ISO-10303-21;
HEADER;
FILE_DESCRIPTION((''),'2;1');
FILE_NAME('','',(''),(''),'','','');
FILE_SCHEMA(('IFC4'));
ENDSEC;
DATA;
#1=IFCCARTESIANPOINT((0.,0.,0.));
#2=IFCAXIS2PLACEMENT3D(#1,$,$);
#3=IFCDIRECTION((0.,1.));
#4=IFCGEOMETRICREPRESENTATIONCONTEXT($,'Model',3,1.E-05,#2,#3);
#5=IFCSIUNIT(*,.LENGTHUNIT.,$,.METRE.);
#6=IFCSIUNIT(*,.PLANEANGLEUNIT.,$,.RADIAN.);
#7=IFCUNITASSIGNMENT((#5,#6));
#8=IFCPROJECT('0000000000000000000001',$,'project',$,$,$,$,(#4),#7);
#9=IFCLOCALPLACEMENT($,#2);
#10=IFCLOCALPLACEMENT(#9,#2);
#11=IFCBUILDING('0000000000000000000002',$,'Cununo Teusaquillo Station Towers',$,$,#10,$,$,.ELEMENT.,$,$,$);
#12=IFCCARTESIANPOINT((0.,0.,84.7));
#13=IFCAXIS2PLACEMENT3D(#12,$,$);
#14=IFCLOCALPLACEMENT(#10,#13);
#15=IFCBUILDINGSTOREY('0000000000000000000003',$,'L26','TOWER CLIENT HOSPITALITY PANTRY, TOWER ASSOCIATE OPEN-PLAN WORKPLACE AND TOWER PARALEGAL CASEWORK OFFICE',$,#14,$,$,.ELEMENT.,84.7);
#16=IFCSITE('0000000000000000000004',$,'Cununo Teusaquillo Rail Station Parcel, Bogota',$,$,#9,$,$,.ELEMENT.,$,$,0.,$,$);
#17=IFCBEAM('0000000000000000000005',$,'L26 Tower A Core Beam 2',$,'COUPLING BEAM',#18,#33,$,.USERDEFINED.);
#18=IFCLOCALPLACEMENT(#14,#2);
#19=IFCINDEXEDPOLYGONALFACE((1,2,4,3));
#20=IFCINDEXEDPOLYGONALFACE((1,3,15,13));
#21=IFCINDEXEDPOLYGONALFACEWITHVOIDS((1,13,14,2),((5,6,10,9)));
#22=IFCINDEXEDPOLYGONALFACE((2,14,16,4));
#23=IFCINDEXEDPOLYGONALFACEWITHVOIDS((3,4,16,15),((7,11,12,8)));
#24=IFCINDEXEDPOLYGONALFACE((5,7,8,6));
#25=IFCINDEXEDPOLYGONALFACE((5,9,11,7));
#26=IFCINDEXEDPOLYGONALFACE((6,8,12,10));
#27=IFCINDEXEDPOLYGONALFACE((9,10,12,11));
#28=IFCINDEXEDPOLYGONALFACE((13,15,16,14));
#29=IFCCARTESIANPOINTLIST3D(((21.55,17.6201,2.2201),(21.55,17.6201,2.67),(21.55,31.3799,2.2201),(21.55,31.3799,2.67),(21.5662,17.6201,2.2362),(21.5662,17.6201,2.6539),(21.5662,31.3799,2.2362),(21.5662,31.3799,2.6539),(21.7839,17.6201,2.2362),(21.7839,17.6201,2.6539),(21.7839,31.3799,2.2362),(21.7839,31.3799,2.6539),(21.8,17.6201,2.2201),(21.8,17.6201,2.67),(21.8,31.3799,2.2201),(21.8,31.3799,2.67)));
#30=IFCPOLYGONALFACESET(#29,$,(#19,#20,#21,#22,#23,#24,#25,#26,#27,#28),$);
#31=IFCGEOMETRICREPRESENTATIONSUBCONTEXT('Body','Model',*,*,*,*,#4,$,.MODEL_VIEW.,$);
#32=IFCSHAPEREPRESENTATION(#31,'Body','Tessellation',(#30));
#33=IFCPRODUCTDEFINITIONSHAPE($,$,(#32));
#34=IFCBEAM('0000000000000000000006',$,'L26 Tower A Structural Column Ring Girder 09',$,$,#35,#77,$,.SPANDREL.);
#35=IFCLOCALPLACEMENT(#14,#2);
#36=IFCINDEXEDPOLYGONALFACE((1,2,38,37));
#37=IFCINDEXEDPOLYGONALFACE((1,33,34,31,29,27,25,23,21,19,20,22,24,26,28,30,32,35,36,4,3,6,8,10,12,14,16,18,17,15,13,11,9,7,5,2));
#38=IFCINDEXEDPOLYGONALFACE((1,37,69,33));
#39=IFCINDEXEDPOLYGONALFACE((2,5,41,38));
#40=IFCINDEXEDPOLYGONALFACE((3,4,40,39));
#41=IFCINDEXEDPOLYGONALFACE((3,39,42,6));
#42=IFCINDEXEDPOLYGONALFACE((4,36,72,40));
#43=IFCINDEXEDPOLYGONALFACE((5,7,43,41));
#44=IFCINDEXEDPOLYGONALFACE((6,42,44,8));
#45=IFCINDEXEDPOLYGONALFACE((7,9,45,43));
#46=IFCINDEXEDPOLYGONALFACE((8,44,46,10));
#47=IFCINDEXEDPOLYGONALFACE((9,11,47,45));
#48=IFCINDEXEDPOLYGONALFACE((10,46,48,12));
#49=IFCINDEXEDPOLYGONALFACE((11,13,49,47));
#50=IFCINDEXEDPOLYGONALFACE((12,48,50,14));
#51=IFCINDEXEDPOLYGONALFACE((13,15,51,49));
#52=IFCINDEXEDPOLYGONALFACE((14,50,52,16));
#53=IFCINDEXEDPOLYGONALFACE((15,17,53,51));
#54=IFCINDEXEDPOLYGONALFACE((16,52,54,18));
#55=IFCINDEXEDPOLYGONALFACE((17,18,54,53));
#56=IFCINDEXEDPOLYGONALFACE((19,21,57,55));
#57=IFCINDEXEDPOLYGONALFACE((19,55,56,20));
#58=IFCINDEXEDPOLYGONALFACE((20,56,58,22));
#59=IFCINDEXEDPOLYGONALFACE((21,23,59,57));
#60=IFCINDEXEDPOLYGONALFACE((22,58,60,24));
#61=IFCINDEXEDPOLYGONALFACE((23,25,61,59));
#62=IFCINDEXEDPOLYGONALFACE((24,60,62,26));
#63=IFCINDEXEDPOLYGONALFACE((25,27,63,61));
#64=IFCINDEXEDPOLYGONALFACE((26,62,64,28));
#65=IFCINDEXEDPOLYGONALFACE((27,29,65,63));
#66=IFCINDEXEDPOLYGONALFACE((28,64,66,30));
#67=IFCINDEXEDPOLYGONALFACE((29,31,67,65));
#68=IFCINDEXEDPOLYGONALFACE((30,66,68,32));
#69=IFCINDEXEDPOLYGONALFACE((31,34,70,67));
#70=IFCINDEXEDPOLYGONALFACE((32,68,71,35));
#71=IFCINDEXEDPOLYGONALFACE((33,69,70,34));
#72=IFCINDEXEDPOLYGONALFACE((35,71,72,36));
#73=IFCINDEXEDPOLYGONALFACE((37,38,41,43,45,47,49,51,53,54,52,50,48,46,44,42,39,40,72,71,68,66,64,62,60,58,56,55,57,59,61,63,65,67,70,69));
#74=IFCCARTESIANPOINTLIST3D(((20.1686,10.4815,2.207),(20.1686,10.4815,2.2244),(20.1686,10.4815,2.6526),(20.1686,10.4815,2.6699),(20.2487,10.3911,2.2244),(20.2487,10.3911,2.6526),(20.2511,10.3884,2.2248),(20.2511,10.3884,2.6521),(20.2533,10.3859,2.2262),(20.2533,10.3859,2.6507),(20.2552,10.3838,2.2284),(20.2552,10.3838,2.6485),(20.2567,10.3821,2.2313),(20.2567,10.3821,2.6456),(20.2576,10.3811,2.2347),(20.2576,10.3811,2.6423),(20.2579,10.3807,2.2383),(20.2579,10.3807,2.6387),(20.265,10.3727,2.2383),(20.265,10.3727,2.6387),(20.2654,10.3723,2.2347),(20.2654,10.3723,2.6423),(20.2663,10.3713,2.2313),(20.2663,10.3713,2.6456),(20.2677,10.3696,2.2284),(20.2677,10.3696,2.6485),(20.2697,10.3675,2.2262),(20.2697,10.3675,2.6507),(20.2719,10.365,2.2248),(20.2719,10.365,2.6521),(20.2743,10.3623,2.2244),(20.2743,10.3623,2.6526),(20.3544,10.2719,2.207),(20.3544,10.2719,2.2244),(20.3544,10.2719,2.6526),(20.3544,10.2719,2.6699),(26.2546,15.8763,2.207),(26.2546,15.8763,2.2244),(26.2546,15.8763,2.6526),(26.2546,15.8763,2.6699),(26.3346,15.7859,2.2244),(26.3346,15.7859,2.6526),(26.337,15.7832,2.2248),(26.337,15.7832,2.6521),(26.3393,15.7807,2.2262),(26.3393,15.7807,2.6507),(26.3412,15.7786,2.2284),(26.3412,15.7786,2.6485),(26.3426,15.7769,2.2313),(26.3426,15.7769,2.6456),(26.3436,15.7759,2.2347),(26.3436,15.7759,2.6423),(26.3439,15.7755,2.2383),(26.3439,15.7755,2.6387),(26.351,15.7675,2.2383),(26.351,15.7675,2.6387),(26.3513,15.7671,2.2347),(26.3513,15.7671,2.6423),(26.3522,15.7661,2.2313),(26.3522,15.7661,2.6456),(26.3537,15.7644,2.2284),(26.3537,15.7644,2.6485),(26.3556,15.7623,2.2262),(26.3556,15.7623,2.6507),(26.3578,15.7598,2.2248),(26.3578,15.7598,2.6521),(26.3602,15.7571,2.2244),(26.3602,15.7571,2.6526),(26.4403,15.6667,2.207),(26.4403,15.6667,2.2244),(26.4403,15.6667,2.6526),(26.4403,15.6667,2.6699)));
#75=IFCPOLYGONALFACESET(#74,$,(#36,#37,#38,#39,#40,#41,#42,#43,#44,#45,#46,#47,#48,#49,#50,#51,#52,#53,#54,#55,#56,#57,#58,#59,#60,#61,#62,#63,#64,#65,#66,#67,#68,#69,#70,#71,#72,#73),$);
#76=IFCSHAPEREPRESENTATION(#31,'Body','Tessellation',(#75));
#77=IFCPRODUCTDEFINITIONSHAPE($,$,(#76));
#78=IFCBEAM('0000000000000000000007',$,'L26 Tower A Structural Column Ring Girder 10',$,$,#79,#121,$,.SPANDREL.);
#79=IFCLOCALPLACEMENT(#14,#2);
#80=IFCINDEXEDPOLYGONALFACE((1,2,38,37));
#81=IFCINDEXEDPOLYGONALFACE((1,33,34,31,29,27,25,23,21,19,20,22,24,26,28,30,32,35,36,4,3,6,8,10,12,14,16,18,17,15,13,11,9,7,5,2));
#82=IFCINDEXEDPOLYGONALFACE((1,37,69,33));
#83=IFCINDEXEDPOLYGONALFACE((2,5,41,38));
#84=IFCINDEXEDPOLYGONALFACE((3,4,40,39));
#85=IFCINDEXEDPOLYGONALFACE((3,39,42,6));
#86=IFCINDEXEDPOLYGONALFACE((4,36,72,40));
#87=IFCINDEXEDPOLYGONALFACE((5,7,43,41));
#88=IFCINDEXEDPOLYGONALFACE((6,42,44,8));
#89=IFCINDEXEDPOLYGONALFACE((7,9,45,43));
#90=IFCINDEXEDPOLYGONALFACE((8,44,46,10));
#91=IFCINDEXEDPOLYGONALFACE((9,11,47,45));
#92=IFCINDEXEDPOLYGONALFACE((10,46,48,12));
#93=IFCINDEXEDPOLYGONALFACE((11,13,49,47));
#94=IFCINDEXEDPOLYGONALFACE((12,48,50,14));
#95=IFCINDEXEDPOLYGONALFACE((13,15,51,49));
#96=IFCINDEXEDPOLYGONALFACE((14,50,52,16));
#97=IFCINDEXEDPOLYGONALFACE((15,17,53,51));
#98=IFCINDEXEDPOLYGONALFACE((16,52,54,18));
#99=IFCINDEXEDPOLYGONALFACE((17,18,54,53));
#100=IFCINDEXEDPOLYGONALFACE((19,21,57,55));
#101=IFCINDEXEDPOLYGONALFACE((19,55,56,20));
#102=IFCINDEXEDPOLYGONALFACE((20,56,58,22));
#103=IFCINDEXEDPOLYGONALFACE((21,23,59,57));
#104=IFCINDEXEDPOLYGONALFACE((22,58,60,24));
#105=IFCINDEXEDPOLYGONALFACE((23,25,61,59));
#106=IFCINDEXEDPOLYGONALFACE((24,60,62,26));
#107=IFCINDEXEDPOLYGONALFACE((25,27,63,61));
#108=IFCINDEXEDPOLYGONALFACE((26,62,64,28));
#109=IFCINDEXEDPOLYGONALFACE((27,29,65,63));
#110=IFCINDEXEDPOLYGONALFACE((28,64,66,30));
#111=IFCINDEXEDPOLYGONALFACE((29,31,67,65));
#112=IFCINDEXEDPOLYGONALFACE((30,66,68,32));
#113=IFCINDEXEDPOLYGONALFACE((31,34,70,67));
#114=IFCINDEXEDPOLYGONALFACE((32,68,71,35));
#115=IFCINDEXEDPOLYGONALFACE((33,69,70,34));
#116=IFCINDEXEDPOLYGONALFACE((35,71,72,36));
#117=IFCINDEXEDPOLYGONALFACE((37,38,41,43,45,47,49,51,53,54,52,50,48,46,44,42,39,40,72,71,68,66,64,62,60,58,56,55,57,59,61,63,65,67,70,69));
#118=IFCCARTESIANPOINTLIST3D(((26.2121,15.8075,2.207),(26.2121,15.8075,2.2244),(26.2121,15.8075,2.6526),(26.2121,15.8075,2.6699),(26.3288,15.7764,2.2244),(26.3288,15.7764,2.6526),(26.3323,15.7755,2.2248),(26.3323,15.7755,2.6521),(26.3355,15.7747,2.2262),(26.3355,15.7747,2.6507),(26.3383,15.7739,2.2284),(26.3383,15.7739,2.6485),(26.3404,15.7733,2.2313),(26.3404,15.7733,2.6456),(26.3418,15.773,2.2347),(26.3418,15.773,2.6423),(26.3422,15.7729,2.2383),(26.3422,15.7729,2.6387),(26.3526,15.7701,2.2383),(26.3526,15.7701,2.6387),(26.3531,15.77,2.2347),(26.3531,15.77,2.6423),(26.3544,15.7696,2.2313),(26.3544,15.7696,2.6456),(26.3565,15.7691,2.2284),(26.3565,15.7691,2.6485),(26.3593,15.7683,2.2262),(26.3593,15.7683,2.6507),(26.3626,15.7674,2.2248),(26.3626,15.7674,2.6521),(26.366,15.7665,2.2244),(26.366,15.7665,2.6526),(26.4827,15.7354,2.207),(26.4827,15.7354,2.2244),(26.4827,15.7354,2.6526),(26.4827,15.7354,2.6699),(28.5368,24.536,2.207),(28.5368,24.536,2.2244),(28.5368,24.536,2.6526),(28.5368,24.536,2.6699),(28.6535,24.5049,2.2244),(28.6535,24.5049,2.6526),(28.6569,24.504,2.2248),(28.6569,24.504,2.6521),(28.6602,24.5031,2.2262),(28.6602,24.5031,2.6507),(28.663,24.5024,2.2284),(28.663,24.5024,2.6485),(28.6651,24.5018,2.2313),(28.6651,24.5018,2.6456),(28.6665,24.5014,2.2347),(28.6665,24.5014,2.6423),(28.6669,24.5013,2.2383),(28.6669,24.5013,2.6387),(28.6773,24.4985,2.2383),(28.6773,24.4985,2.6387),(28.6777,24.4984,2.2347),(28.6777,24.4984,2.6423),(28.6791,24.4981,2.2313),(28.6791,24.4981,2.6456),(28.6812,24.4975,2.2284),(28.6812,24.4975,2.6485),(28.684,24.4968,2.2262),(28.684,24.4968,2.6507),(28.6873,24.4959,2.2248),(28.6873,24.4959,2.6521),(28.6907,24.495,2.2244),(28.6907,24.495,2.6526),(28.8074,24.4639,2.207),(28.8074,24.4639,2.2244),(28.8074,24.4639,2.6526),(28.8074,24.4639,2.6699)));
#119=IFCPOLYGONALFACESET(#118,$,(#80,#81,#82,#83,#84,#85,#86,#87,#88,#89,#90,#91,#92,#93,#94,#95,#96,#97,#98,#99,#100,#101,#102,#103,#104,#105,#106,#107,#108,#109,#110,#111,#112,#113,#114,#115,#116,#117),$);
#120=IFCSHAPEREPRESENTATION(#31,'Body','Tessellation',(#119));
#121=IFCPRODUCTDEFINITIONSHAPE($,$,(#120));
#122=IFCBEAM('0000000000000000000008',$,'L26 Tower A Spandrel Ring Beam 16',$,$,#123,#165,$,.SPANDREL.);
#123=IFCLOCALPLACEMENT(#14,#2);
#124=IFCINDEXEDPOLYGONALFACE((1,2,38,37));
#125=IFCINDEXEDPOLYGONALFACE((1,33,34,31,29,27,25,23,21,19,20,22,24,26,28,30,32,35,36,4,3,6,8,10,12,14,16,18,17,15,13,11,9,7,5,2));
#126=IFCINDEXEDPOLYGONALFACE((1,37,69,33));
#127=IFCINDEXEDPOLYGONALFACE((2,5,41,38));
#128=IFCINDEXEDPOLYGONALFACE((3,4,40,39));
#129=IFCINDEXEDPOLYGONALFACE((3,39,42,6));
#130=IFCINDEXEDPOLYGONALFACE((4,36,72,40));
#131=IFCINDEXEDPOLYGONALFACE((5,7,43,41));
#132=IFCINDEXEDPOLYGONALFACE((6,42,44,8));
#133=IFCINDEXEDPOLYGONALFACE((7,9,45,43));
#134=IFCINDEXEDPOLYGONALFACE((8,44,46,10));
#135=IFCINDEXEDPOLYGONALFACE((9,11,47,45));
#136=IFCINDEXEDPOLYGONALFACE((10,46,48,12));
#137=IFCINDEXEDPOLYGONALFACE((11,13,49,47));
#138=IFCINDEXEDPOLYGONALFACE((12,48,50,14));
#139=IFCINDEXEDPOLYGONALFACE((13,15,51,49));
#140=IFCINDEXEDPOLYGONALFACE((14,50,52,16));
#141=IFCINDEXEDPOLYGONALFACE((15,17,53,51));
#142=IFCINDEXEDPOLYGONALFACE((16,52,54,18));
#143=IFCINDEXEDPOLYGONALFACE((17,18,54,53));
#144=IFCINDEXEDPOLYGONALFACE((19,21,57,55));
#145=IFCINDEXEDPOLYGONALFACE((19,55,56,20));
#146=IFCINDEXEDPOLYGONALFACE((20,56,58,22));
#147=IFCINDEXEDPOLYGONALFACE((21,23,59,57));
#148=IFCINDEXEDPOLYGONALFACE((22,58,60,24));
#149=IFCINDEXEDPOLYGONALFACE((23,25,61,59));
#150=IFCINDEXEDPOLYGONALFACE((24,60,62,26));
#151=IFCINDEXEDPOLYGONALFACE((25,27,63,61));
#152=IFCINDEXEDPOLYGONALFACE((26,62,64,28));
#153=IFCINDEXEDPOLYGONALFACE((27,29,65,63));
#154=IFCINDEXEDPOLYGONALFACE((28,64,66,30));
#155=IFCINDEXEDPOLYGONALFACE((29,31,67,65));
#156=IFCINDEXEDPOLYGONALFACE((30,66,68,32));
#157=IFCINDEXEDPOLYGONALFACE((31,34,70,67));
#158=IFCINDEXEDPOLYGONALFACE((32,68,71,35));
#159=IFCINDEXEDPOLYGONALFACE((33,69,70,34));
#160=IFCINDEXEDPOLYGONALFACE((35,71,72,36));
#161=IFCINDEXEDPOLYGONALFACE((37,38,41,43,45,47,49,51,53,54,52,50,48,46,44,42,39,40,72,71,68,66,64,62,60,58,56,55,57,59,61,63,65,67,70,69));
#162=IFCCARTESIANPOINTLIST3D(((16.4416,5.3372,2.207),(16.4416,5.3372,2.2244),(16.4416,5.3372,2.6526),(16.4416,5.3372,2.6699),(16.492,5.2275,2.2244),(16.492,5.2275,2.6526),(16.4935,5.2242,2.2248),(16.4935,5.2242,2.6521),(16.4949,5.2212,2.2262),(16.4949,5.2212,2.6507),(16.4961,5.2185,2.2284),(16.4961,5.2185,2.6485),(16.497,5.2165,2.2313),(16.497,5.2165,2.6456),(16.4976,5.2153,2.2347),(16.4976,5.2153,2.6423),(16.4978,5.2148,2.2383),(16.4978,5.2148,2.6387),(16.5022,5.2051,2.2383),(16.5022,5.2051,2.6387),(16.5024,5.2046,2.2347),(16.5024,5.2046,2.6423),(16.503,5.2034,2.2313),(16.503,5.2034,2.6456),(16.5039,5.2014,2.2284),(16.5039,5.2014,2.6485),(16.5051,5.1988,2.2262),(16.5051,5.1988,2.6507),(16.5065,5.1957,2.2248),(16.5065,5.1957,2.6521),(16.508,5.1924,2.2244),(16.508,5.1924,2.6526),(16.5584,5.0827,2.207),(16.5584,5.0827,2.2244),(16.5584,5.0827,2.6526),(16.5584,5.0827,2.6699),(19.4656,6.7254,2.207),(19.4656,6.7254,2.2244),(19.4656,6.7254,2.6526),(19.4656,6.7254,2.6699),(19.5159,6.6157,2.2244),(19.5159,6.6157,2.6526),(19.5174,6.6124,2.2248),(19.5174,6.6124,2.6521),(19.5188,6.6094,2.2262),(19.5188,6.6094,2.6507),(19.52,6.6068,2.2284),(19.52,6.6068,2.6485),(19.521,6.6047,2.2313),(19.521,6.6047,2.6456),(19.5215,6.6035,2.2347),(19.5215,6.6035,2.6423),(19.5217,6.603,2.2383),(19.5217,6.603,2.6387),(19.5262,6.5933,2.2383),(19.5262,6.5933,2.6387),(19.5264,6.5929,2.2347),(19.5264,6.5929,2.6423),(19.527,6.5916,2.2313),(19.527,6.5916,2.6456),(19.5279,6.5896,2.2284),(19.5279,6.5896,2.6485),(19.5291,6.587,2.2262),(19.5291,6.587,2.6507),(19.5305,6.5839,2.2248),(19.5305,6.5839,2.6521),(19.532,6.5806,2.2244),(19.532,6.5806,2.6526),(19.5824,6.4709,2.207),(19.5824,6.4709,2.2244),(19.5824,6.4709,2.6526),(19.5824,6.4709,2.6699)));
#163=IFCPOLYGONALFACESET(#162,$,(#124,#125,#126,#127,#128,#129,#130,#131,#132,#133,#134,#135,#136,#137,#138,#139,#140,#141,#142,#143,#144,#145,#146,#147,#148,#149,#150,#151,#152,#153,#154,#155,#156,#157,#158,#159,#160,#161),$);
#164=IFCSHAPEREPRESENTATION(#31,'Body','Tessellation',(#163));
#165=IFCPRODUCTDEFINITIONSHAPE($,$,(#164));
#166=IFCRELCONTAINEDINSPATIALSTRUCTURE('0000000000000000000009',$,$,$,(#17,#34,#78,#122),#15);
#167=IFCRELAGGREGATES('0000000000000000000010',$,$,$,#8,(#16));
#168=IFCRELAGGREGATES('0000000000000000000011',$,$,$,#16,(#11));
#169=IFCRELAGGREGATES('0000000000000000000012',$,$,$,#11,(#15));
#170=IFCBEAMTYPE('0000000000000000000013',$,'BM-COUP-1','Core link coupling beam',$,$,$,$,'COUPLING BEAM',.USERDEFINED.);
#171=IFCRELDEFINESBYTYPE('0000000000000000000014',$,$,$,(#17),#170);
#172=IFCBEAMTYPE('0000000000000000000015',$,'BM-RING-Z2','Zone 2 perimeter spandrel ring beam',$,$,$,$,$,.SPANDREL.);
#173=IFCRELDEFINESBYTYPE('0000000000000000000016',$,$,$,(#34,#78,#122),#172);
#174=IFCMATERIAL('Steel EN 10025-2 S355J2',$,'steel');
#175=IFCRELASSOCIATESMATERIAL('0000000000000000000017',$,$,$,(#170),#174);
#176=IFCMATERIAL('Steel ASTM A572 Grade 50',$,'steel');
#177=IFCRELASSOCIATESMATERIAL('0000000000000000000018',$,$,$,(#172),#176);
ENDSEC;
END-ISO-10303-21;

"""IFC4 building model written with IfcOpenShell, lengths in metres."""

from ifc_helpers import new_model, si_unit, direction, frame, origin, origin_2d, place, context, subcontext, project, spatial, hollow_rectangle, i_section, extrude, material, material_profile, profile_set, type_object, element, save


model = new_model("IFC4")

# Units and contexts
model_context = context("Model", 3, precision=1e-05, world=origin(), true_north=direction((0.0, 1.0)))
body_context = subcontext(model_context, "Body", "Model", "MODEL_VIEW")
ifc_project = project(units=[si_unit("LENGTHUNIT", "METRE"), si_unit("PLANEANGLEUNIT", "RADIAN")], contexts=[model_context])

# Site, building, storey
site_placement = place(None, origin())
site = spatial("IfcSite", under=ifc_project, at=site_placement, Name="Cununo Teusaquillo Rail Station Parcel, Bogota", CompositionType="ELEMENT", RefElevation=0.0)
building_placement = place(site_placement, origin())
building = spatial("IfcBuilding", under=site, at=building_placement, Name="Cununo Teusaquillo Station Towers", CompositionType="ELEMENT")
storey_placement = place(building_placement, frame((0.0, 0.0, 84.7)))
storey = spatial("IfcBuildingStorey", under=building, at=storey_placement, Name="L26", Description="TOWER CLIENT HOSPITALITY PANTRY, TOWER ASSOCIATE OPEN-PLAN WORKPLACE AND TOWER PARALEGAL CASEWORK OFFICE", CompositionType="ELEMENT", Elevation=84.7)

# Beams
ifc_material_1 = material(Name="Steel EN 10025-2 S355J2", Category="steel")
ifc_material_profile_1 = material_profile(ifc_material_1, hollow_rectangle(XDim=0.25, YDim=0.45, WallThickness=0.0161, at=origin_2d()), Name="RHS 450x250x16")
ifc_profile_set_1 = profile_set([ifc_material_profile_1], Name="Steel EN 10025-2 S355J2")
beam_type_1 = type_object("IfcBeamType", Name="BM-COUP-1", Description="Core link coupling beam", ElementType="COUPLING BEAM", PredefinedType="USERDEFINED", material=ifc_profile_set_1)
beam_1_placement = place(storey_placement, frame((21.675, 17.6201, 2.4451), z_axis=(0.0, 1.0, 0.0), x_axis=(-1.0, 0.0, 0.0)))
element("IfcBeam", 1, at=beam_1_placement, inside=storey, type_object=beam_type_1, Name="L26 Tower A Core Beam 2", ObjectType="COUPLING BEAM", PredefinedType="USERDEFINED", context=body_context, shape_type="SweptSolid", body=[
    extrude(hollow_rectangle(XDim=0.25, YDim=0.45, WallThickness=0.0161, at=origin_2d()), origin(), (0.0, 0.0, 1.0), 13.7598),
])
ifc_material_2 = material(Name="Steel ASTM A572 Grade 50", Category="steel")
ifc_material_profile_2 = material_profile(ifc_material_2, i_section(OverallWidth=0.28, OverallDepth=0.4629, WebThickness=0.0107, FlangeThickness=0.0173, FilletRadius=0.0139, at=origin_2d()), Name="W18X76")
ifc_profile_set_2 = profile_set([ifc_material_profile_2], Name="Steel ASTM A572 Grade 50")
beam_type_2 = type_object("IfcBeamType", Name="BM-RING-Z2", Description="Zone 2 perimeter spandrel ring beam", PredefinedType="SPANDREL", material=ifc_profile_set_2)
beam_2_placement = place(storey_placement, frame((20.2615, 10.3767, 2.4385), z_axis=(0.748321, 0.663337, 0.0), x_axis=(-0.663337, 0.748321, 0.0)))
element("IfcBeam", 2, at=beam_2_placement, inside=storey, type_object=beam_type_2, Name="L26 Tower A Structural Column Ring Girder 09", PredefinedType="SPANDREL", context=body_context, shape_type="SweptSolid", body=[
    extrude(i_section(OverallWidth=0.28, OverallDepth=0.4629, WebThickness=0.0107, FlangeThickness=0.0173, FilletRadius=0.0139, at=origin_2d()), origin(), (0.0, 0.0, 1.0), 8.1328),
])
beam_3_placement = place(storey_placement, frame((26.3474, 15.7715, 2.4385), z_axis=(0.257363, 0.966315, 0.0), x_axis=(-0.966315, 0.257363, 0.0)))
element("IfcBeam", 3, at=beam_3_placement, inside=storey, type_object=beam_type_2, Name="L26 Tower A Structural Column Ring Girder 10", PredefinedType="SPANDREL", context=body_context, shape_type="SweptSolid", body=[
    extrude(i_section(OverallWidth=0.28, OverallDepth=0.4629, WebThickness=0.0107, FlangeThickness=0.0173, FilletRadius=0.0139, at=origin_2d()), origin(), (0.0, 0.0, 1.0), 9.0327),
])
beam_4_placement = place(storey_placement, frame((16.5, 5.21, 2.4385), z_axis=(0.908812, 0.417205, 0.0), x_axis=(-0.417205, 0.908812, 0.0)))
element("IfcBeam", 4, at=beam_4_placement, inside=storey, type_object=beam_type_2, Name="L26 Tower A Spandrel Ring Beam 16", PredefinedType="SPANDREL", context=body_context, shape_type="SweptSolid", body=[
    extrude(i_section(OverallWidth=0.28, OverallDepth=0.4629, WebThickness=0.0107, FlangeThickness=0.0173, FilletRadius=0.0139, at=origin_2d()), origin(), (0.0, 0.0, 1.0), 3.3274),
])

save(model, "model.ifc")
